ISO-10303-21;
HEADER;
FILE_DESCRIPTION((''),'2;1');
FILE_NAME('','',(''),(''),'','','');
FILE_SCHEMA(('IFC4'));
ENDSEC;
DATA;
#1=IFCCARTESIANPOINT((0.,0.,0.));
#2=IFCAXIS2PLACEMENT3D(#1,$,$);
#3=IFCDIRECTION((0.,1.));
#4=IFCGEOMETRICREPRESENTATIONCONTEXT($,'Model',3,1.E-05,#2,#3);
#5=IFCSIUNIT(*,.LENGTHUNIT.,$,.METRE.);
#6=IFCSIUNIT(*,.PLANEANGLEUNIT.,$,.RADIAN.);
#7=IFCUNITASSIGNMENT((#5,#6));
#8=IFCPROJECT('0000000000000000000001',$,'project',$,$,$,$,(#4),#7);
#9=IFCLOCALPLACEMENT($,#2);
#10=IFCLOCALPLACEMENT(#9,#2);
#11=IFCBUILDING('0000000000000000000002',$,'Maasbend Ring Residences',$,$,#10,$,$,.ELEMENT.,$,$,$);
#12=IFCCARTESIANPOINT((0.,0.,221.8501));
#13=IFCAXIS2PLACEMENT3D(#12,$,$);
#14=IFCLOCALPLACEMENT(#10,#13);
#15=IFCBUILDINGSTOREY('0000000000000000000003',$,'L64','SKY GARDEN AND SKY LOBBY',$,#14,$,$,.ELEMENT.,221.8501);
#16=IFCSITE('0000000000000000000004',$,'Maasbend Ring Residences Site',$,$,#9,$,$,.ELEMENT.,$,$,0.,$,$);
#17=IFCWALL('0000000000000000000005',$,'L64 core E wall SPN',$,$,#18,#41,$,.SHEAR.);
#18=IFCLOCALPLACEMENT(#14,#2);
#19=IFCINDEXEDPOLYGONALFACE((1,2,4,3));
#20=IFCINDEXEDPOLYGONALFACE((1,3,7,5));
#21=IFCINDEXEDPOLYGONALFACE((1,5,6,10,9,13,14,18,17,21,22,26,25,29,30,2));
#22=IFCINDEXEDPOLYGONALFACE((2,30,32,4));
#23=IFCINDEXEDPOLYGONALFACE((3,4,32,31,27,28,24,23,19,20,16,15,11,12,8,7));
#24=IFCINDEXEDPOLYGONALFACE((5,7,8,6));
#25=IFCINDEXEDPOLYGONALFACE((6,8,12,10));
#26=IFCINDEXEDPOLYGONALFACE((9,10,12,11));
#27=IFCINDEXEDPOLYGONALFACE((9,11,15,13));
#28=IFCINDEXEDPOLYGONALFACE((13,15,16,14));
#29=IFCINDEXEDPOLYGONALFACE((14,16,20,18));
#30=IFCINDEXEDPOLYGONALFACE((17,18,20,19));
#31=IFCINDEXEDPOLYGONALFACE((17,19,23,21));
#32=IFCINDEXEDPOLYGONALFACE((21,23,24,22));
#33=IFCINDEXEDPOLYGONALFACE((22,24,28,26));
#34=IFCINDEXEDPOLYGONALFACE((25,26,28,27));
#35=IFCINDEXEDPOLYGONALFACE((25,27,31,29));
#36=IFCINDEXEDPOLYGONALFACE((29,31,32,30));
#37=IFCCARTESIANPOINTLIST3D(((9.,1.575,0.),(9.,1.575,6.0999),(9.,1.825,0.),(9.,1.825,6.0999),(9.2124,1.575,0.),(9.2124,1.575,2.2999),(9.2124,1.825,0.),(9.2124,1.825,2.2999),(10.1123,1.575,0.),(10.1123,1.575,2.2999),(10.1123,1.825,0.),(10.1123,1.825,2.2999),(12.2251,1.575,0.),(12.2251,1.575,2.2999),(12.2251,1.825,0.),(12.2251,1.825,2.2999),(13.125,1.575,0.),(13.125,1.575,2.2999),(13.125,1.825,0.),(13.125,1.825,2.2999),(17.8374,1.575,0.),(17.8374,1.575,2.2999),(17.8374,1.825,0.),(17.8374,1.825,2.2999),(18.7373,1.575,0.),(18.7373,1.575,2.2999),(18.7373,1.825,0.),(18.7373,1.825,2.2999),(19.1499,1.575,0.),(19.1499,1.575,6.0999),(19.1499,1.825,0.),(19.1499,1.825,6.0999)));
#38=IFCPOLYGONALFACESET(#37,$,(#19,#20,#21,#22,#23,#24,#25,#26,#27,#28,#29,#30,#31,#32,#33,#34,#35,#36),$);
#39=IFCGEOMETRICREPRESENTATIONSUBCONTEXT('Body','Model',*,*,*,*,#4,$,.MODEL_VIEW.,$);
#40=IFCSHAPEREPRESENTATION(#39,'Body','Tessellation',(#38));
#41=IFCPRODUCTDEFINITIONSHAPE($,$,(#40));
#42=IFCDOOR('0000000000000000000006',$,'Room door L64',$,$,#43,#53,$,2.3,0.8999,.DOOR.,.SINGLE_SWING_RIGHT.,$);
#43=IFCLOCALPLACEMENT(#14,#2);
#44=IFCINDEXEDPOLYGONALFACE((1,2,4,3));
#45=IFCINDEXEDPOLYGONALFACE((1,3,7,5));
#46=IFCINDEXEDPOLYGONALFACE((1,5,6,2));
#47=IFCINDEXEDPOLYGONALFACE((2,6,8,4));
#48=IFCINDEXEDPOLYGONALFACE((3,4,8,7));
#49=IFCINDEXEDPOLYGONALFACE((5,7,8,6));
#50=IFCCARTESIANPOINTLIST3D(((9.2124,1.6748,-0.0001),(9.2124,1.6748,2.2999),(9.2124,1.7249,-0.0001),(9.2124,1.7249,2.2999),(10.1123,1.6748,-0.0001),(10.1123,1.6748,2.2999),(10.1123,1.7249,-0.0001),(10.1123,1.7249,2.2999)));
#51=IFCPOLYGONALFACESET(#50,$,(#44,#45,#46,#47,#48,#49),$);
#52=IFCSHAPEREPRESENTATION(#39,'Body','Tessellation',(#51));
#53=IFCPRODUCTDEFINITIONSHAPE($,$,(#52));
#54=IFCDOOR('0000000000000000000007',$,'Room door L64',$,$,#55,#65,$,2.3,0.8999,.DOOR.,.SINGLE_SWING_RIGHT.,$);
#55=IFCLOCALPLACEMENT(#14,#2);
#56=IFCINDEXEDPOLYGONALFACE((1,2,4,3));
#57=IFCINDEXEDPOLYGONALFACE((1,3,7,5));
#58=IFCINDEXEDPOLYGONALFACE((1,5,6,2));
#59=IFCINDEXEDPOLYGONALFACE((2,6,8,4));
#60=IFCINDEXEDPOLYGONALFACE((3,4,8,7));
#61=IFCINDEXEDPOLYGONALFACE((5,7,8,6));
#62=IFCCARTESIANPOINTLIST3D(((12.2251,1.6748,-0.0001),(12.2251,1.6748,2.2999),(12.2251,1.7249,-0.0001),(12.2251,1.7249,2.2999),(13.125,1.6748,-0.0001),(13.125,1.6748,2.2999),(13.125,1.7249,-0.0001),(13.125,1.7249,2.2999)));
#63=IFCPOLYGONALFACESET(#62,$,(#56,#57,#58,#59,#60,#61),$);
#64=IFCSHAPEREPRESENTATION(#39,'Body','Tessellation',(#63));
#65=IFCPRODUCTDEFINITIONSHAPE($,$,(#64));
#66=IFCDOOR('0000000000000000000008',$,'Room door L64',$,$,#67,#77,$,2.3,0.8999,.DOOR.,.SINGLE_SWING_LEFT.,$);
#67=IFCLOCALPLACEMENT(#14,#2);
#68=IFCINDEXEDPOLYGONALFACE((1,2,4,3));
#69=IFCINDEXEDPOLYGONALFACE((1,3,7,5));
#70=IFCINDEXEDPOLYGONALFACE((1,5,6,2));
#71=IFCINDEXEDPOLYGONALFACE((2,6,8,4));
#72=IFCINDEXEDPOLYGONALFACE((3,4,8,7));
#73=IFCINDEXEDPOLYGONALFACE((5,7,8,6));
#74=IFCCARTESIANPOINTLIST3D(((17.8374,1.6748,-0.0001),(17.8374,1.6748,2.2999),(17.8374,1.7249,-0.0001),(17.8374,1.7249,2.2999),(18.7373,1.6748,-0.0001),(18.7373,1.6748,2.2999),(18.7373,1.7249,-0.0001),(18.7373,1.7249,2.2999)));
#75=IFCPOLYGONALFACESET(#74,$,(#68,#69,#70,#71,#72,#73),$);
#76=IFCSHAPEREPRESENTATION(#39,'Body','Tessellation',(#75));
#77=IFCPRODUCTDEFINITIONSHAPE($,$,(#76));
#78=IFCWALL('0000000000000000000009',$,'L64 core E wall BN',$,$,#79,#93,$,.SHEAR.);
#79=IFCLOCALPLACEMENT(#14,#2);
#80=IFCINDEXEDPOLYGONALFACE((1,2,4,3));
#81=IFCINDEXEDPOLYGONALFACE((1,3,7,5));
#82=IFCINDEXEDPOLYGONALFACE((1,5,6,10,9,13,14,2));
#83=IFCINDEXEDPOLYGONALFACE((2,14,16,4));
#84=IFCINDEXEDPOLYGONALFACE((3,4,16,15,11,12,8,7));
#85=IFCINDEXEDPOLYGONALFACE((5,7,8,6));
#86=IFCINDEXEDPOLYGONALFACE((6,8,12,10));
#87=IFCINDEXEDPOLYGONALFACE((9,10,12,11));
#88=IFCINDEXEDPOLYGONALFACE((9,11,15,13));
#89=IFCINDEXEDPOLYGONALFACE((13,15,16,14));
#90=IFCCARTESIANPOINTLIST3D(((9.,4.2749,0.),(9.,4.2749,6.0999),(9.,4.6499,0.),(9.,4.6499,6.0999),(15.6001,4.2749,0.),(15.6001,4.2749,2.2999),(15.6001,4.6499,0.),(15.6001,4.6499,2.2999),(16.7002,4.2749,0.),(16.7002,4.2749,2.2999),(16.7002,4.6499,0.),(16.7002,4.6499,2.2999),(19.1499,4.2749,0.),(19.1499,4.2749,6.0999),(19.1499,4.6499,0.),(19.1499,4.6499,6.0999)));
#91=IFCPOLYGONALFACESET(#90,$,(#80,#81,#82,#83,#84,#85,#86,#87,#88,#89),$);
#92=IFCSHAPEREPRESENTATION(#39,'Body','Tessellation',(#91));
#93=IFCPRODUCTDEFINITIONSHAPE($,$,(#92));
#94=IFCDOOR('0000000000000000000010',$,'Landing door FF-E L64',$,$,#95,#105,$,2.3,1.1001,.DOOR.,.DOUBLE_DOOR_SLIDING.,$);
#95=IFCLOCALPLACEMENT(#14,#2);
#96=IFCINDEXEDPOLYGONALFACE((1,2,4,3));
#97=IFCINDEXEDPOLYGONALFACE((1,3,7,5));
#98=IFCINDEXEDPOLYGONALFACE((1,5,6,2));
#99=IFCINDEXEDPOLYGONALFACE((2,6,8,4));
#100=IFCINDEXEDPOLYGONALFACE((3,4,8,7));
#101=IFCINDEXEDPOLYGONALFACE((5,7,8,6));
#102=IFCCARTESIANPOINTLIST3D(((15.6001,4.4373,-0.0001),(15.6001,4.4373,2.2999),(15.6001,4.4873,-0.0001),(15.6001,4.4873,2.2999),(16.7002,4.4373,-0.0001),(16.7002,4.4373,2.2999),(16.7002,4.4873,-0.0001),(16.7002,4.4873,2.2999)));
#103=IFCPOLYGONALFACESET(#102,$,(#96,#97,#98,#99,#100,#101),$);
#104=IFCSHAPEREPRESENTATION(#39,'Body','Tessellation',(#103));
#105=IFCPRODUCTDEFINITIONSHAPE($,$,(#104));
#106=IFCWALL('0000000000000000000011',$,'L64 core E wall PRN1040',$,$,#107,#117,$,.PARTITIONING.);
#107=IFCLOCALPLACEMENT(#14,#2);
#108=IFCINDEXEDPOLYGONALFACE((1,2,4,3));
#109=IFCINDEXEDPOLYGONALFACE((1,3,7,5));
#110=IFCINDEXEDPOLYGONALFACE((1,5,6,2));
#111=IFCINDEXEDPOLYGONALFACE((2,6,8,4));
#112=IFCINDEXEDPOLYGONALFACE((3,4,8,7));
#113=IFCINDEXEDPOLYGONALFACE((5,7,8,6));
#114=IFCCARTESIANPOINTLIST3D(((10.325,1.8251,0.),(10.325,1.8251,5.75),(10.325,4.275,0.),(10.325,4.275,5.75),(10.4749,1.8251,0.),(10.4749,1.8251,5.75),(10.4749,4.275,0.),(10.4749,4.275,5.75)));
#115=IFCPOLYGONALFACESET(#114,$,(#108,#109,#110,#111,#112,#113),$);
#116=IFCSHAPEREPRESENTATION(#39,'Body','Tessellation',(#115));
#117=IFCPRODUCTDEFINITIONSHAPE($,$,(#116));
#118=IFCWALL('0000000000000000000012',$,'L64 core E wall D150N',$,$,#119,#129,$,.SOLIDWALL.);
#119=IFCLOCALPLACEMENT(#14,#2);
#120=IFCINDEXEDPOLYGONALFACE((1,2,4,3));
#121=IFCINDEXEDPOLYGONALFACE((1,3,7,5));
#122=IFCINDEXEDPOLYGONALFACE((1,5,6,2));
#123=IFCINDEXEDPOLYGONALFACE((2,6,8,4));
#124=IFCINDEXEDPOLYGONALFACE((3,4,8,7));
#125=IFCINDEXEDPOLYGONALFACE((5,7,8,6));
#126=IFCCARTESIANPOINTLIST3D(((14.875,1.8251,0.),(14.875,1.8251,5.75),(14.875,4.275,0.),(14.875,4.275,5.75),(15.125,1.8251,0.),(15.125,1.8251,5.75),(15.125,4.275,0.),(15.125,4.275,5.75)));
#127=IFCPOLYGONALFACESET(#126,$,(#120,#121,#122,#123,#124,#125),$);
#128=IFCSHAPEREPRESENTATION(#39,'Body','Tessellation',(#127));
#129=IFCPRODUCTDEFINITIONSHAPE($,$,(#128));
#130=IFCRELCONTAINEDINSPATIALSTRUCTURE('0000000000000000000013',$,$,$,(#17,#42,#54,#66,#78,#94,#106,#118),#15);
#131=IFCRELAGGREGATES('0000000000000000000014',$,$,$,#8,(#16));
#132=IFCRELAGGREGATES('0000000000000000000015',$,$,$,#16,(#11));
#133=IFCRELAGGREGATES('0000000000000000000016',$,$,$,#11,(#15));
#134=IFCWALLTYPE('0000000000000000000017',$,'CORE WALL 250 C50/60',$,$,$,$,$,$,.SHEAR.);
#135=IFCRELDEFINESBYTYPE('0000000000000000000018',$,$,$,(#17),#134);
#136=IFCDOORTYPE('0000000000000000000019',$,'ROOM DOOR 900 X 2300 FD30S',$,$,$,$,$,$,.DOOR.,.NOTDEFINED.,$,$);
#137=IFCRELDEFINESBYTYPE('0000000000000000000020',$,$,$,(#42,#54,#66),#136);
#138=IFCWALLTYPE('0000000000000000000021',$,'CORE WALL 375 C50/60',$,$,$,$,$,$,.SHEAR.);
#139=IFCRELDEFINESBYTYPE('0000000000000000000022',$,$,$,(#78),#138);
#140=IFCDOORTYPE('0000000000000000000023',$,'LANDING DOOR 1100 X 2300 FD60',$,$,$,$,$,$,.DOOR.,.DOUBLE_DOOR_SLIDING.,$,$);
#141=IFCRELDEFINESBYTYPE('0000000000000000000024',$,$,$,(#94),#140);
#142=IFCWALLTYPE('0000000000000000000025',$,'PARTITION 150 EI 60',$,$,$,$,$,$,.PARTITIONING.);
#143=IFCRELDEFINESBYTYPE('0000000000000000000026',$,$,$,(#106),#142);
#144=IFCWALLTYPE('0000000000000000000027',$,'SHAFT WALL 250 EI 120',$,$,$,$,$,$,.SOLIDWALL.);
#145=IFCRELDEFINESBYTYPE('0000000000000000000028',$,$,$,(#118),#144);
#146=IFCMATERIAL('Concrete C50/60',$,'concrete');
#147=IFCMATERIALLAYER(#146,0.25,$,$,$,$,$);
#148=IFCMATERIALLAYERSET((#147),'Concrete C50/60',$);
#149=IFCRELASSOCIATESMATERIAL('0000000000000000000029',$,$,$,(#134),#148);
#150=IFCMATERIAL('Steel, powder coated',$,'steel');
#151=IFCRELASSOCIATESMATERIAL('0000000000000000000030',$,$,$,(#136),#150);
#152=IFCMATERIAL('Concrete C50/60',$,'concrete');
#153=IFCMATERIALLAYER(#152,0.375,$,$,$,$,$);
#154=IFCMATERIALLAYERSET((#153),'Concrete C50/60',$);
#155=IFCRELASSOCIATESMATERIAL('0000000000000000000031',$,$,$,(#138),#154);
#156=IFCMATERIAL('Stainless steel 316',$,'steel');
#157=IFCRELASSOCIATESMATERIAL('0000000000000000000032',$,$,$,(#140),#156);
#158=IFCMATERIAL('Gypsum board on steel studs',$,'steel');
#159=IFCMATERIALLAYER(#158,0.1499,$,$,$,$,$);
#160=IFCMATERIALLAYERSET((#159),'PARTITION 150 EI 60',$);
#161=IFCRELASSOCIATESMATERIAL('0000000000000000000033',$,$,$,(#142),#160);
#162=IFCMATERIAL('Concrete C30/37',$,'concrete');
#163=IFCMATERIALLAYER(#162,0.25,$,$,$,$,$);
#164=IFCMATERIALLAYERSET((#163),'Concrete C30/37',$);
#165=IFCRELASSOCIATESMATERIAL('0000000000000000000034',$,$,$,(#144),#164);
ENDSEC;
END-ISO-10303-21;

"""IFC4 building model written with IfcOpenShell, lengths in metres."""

from ifc_helpers import new_model, si_unit, direction, frame, frame_2d, origin, place, context, subcontext, project, spatial, rectangle, extrude, material, layer, layer_set, type_object, element, fill, save


model = new_model("IFC4")

# Units and contexts
model_context = context("Model", 3, precision=1e-05, world=origin(), true_north=direction((0.0, 1.0)))
body_context = subcontext(model_context, "Body", "Model", "MODEL_VIEW")
ifc_project = project(units=[si_unit("LENGTHUNIT", "METRE"), si_unit("PLANEANGLEUNIT", "RADIAN")], contexts=[model_context])

# Site, building, storey
site_placement = place(None, origin())
site = spatial("IfcSite", under=ifc_project, at=site_placement, Name="Maasbend Ring Residences Site", CompositionType="ELEMENT", RefElevation=0.0)
building_placement = place(site_placement, origin())
building = spatial("IfcBuilding", under=site, at=building_placement, Name="Maasbend Ring Residences", CompositionType="ELEMENT")
storey_placement = place(building_placement, frame((0.0, 0.0, 221.8501)))
storey = spatial("IfcBuildingStorey", under=building, at=storey_placement, Name="L64", Description="SKY GARDEN AND SKY LOBBY", CompositionType="ELEMENT", Elevation=221.8501)

# Wall, openings, doors
ifc_material_1 = material(Name="Concrete C50/60", Category="concrete")
ifc_layer_1 = layer(ifc_material_1, 0.25)
ifc_layer_set_1 = layer_set([ifc_layer_1], Name="Concrete C50/60")
wall_type_1 = type_object("IfcWallType", Name="CORE WALL 250 C50/60", PredefinedType="SHEAR", material=ifc_layer_set_1)
wall_1_placement = place(storey_placement, frame((9.0, 1.7, 0.0), z_axis=(0.0, 0.0, 1.0), x_axis=(1.0, 0.0, 0.0)))
wall_1 = element("IfcWall", 1, at=wall_1_placement, inside=storey, type_object=wall_type_1, Name="L64 core E wall SPN", PredefinedType="SHEAR", context=body_context, shape_type="SweptSolid", body=[
    extrude(rectangle(XDim=10.1499, YDim=0.25, at=frame_2d((5.075, 0.0))), origin(), (0.0, 0.0, 1.0), 6.0999),
])
opening_1_placement = place(wall_1_placement, frame((0.2124, 0.0, 0.0)))
opening_1 = element("IfcOpeningElement", 2, at=opening_1_placement, cuts=wall_1, PredefinedType="OPENING", context=body_context, shape_type="SweptSolid", body=[
    extrude(rectangle(XDim=0.8999, YDim=2.3, at=frame_2d((0.45, 1.1499))), frame((0.0, 0.135, 0.0), z_axis=(0.0, -1.0, 0.0), x_axis=(1.0, 0.0, 0.0)), (0.0, 0.0, 1.0), 0.27),
])
opening_2_placement = place(wall_1_placement, frame((3.2251, 0.0, 0.0)))
opening_2 = element("IfcOpeningElement", 3, at=opening_2_placement, cuts=wall_1, PredefinedType="OPENING", context=body_context, shape_type="SweptSolid", body=[
    extrude(rectangle(XDim=0.8999, YDim=2.3, at=frame_2d((0.45, 1.1499))), frame((0.0, 0.135, 0.0), z_axis=(0.0, -1.0, 0.0), x_axis=(1.0, 0.0, 0.0)), (0.0, 0.0, 1.0), 0.27),
])
opening_3_placement = place(wall_1_placement, frame((8.8374, 0.0, 0.0)))
opening_3 = element("IfcOpeningElement", 4, at=opening_3_placement, cuts=wall_1, PredefinedType="OPENING", context=body_context, shape_type="SweptSolid", body=[
    extrude(rectangle(XDim=0.8999, YDim=2.3, at=frame_2d((0.45, 1.1499))), frame((0.0, 0.135, 0.0), z_axis=(0.0, -1.0, 0.0), x_axis=(1.0, 0.0, 0.0)), (0.0, 0.0, 1.0), 0.27),
])
ifc_material_2 = material(Name="Steel, powder coated", Category="steel")
door_type_1 = type_object("IfcDoorType", Name="ROOM DOOR 900 X 2300 FD30S", OperationType="NOTDEFINED", PredefinedType="DOOR", material=ifc_material_2)
door_1_placement = place(opening_1_placement, origin())
door_1 = element("IfcDoor", 5, at=door_1_placement, inside=storey, type_object=door_type_1, Name="Room door L64", OperationType="SINGLE_SWING_RIGHT", OverallHeight=2.3, OverallWidth=0.8999, PredefinedType="DOOR", context=body_context, shape_type="SweptSolid", body=[
    extrude(rectangle(XDim=0.8999, YDim=2.3, at=frame_2d((0.45, 1.1499))), frame((0.0, 0.0249, 0.0), z_axis=(0.0, -1.0, 0.0), x_axis=(1.0, 0.0, 0.0)), (0.0, 0.0, 1.0), 0.05),
])
fill(opening_1, door_1)
door_2_placement = place(opening_2_placement, origin())
door_2 = element("IfcDoor", 6, at=door_2_placement, inside=storey, type_object=door_type_1, Name="Room door L64", OperationType="SINGLE_SWING_RIGHT", OverallHeight=2.3, OverallWidth=0.8999, PredefinedType="DOOR", context=body_context, shape_type="SweptSolid", body=[
    extrude(rectangle(XDim=0.8999, YDim=2.3, at=frame_2d((0.45, 1.1499))), frame((0.0, 0.0249, 0.0), z_axis=(0.0, -1.0, 0.0), x_axis=(1.0, 0.0, 0.0)), (0.0, 0.0, 1.0), 0.05),
])
fill(opening_2, door_2)
door_3_placement = place(opening_3_placement, origin())
door_3 = element("IfcDoor", 7, at=door_3_placement, inside=storey, type_object=door_type_1, Name="Room door L64", OperationType="SINGLE_SWING_LEFT", OverallHeight=2.3, OverallWidth=0.8999, PredefinedType="DOOR", context=body_context, shape_type="SweptSolid", body=[
    extrude(rectangle(XDim=0.8999, YDim=2.3, at=frame_2d((0.45, 1.1499))), frame((0.0, 0.0249, 0.0), z_axis=(0.0, -1.0, 0.0), x_axis=(1.0, 0.0, 0.0)), (0.0, 0.0, 1.0), 0.05),
])
fill(opening_3, door_3)

# Wall, opening, door
ifc_material_3 = material(Name="Concrete C50/60", Category="concrete")
ifc_layer_2 = layer(ifc_material_3, 0.375)
ifc_layer_set_2 = layer_set([ifc_layer_2], Name="Concrete C50/60")
wall_type_2 = type_object("IfcWallType", Name="CORE WALL 375 C50/60", PredefinedType="SHEAR", material=ifc_layer_set_2)
wall_2_placement = place(storey_placement, frame((9.0, 4.4624, 0.0), z_axis=(0.0, 0.0, 1.0), x_axis=(1.0, 0.0, 0.0)))
wall_2 = element("IfcWall", 8, at=wall_2_placement, inside=storey, type_object=wall_type_2, Name="L64 core E wall BN", PredefinedType="SHEAR", context=body_context, shape_type="SweptSolid", body=[
    extrude(rectangle(XDim=10.1499, YDim=0.375, at=frame_2d((5.075, 0.0))), origin(), (0.0, 0.0, 1.0), 6.0999),
])
opening_4_placement = place(wall_2_placement, frame((6.6001, 0.0, 0.0)))
opening_4 = element("IfcOpeningElement", 9, at=opening_4_placement, cuts=wall_2, PredefinedType="OPENING", context=body_context, shape_type="SweptSolid", body=[
    extrude(rectangle(XDim=1.1001, YDim=2.3, at=frame_2d((0.55, 1.1499))), frame((0.0, 0.1975, 0.0), z_axis=(0.0, -1.0, 0.0), x_axis=(1.0, 0.0, 0.0)), (0.0, 0.0, 1.0), 0.395),
])
ifc_material_4 = material(Name="Stainless steel 316", Category="steel")
door_type_2 = type_object("IfcDoorType", Name="LANDING DOOR 1100 X 2300 FD60", OperationType="DOUBLE_DOOR_SLIDING", PredefinedType="DOOR", material=ifc_material_4)
door_4_placement = place(opening_4_placement, origin())
door_4 = element("IfcDoor", 10, at=door_4_placement, inside=storey, type_object=door_type_2, Name="Landing door FF-E L64", OperationType="DOUBLE_DOOR_SLIDING", OverallHeight=2.3, OverallWidth=1.1001, PredefinedType="DOOR", context=body_context, shape_type="SweptSolid", body=[
    extrude(rectangle(XDim=1.1001, YDim=2.3, at=frame_2d((0.55, 1.1499))), frame((0.0, 0.0249, 0.0), z_axis=(0.0, -1.0, 0.0), x_axis=(1.0, 0.0, 0.0)), (0.0, 0.0, 1.0), 0.05),
])
fill(opening_4, door_4)

# Walls
ifc_material_5 = material(Name="Gypsum board on steel studs", Category="steel")
ifc_layer_3 = layer(ifc_material_5, 0.1499)
ifc_layer_set_3 = layer_set([ifc_layer_3], Name="PARTITION 150 EI 60")
wall_type_3 = type_object("IfcWallType", Name="PARTITION 150 EI 60", PredefinedType="PARTITIONING", material=ifc_layer_set_3)
wall_3_placement = place(storey_placement, frame((10.3999, 1.825, 0.0), z_axis=(0.0, 0.0, 1.0), x_axis=(0.0, 1.0, 0.0)))
element("IfcWall", 11, at=wall_3_placement, inside=storey, type_object=wall_type_3, Name="L64 core E wall PRN1040", PredefinedType="PARTITIONING", context=body_context, shape_type="SweptSolid", body=[
    extrude(rectangle(XDim=2.45, YDim=0.1499, at=frame_2d((1.2251, 0.0))), origin(), (0.0, 0.0, 1.0), 5.75),
])
ifc_material_6 = material(Name="Concrete C30/37", Category="concrete")
ifc_layer_4 = layer(ifc_material_6, 0.25)
ifc_layer_set_4 = layer_set([ifc_layer_4], Name="Concrete C30/37")
wall_type_4 = type_object("IfcWallType", Name="SHAFT WALL 250 EI 120", PredefinedType="SOLIDWALL", material=ifc_layer_set_4)
wall_4_placement = place(storey_placement, frame((15.0, 1.825, 0.0), z_axis=(0.0, 0.0, 1.0), x_axis=(0.0, 1.0, 0.0)))
element("IfcWall", 12, at=wall_4_placement, inside=storey, type_object=wall_type_4, Name="L64 core E wall D150N", PredefinedType="SOLIDWALL", context=body_context, shape_type="SweptSolid", body=[
    extrude(rectangle(XDim=2.45, YDim=0.25, at=frame_2d((1.2251, 0.0))), origin(), (0.0, 0.0, 1.0), 5.75),
])

save(model, "model.ifc")
